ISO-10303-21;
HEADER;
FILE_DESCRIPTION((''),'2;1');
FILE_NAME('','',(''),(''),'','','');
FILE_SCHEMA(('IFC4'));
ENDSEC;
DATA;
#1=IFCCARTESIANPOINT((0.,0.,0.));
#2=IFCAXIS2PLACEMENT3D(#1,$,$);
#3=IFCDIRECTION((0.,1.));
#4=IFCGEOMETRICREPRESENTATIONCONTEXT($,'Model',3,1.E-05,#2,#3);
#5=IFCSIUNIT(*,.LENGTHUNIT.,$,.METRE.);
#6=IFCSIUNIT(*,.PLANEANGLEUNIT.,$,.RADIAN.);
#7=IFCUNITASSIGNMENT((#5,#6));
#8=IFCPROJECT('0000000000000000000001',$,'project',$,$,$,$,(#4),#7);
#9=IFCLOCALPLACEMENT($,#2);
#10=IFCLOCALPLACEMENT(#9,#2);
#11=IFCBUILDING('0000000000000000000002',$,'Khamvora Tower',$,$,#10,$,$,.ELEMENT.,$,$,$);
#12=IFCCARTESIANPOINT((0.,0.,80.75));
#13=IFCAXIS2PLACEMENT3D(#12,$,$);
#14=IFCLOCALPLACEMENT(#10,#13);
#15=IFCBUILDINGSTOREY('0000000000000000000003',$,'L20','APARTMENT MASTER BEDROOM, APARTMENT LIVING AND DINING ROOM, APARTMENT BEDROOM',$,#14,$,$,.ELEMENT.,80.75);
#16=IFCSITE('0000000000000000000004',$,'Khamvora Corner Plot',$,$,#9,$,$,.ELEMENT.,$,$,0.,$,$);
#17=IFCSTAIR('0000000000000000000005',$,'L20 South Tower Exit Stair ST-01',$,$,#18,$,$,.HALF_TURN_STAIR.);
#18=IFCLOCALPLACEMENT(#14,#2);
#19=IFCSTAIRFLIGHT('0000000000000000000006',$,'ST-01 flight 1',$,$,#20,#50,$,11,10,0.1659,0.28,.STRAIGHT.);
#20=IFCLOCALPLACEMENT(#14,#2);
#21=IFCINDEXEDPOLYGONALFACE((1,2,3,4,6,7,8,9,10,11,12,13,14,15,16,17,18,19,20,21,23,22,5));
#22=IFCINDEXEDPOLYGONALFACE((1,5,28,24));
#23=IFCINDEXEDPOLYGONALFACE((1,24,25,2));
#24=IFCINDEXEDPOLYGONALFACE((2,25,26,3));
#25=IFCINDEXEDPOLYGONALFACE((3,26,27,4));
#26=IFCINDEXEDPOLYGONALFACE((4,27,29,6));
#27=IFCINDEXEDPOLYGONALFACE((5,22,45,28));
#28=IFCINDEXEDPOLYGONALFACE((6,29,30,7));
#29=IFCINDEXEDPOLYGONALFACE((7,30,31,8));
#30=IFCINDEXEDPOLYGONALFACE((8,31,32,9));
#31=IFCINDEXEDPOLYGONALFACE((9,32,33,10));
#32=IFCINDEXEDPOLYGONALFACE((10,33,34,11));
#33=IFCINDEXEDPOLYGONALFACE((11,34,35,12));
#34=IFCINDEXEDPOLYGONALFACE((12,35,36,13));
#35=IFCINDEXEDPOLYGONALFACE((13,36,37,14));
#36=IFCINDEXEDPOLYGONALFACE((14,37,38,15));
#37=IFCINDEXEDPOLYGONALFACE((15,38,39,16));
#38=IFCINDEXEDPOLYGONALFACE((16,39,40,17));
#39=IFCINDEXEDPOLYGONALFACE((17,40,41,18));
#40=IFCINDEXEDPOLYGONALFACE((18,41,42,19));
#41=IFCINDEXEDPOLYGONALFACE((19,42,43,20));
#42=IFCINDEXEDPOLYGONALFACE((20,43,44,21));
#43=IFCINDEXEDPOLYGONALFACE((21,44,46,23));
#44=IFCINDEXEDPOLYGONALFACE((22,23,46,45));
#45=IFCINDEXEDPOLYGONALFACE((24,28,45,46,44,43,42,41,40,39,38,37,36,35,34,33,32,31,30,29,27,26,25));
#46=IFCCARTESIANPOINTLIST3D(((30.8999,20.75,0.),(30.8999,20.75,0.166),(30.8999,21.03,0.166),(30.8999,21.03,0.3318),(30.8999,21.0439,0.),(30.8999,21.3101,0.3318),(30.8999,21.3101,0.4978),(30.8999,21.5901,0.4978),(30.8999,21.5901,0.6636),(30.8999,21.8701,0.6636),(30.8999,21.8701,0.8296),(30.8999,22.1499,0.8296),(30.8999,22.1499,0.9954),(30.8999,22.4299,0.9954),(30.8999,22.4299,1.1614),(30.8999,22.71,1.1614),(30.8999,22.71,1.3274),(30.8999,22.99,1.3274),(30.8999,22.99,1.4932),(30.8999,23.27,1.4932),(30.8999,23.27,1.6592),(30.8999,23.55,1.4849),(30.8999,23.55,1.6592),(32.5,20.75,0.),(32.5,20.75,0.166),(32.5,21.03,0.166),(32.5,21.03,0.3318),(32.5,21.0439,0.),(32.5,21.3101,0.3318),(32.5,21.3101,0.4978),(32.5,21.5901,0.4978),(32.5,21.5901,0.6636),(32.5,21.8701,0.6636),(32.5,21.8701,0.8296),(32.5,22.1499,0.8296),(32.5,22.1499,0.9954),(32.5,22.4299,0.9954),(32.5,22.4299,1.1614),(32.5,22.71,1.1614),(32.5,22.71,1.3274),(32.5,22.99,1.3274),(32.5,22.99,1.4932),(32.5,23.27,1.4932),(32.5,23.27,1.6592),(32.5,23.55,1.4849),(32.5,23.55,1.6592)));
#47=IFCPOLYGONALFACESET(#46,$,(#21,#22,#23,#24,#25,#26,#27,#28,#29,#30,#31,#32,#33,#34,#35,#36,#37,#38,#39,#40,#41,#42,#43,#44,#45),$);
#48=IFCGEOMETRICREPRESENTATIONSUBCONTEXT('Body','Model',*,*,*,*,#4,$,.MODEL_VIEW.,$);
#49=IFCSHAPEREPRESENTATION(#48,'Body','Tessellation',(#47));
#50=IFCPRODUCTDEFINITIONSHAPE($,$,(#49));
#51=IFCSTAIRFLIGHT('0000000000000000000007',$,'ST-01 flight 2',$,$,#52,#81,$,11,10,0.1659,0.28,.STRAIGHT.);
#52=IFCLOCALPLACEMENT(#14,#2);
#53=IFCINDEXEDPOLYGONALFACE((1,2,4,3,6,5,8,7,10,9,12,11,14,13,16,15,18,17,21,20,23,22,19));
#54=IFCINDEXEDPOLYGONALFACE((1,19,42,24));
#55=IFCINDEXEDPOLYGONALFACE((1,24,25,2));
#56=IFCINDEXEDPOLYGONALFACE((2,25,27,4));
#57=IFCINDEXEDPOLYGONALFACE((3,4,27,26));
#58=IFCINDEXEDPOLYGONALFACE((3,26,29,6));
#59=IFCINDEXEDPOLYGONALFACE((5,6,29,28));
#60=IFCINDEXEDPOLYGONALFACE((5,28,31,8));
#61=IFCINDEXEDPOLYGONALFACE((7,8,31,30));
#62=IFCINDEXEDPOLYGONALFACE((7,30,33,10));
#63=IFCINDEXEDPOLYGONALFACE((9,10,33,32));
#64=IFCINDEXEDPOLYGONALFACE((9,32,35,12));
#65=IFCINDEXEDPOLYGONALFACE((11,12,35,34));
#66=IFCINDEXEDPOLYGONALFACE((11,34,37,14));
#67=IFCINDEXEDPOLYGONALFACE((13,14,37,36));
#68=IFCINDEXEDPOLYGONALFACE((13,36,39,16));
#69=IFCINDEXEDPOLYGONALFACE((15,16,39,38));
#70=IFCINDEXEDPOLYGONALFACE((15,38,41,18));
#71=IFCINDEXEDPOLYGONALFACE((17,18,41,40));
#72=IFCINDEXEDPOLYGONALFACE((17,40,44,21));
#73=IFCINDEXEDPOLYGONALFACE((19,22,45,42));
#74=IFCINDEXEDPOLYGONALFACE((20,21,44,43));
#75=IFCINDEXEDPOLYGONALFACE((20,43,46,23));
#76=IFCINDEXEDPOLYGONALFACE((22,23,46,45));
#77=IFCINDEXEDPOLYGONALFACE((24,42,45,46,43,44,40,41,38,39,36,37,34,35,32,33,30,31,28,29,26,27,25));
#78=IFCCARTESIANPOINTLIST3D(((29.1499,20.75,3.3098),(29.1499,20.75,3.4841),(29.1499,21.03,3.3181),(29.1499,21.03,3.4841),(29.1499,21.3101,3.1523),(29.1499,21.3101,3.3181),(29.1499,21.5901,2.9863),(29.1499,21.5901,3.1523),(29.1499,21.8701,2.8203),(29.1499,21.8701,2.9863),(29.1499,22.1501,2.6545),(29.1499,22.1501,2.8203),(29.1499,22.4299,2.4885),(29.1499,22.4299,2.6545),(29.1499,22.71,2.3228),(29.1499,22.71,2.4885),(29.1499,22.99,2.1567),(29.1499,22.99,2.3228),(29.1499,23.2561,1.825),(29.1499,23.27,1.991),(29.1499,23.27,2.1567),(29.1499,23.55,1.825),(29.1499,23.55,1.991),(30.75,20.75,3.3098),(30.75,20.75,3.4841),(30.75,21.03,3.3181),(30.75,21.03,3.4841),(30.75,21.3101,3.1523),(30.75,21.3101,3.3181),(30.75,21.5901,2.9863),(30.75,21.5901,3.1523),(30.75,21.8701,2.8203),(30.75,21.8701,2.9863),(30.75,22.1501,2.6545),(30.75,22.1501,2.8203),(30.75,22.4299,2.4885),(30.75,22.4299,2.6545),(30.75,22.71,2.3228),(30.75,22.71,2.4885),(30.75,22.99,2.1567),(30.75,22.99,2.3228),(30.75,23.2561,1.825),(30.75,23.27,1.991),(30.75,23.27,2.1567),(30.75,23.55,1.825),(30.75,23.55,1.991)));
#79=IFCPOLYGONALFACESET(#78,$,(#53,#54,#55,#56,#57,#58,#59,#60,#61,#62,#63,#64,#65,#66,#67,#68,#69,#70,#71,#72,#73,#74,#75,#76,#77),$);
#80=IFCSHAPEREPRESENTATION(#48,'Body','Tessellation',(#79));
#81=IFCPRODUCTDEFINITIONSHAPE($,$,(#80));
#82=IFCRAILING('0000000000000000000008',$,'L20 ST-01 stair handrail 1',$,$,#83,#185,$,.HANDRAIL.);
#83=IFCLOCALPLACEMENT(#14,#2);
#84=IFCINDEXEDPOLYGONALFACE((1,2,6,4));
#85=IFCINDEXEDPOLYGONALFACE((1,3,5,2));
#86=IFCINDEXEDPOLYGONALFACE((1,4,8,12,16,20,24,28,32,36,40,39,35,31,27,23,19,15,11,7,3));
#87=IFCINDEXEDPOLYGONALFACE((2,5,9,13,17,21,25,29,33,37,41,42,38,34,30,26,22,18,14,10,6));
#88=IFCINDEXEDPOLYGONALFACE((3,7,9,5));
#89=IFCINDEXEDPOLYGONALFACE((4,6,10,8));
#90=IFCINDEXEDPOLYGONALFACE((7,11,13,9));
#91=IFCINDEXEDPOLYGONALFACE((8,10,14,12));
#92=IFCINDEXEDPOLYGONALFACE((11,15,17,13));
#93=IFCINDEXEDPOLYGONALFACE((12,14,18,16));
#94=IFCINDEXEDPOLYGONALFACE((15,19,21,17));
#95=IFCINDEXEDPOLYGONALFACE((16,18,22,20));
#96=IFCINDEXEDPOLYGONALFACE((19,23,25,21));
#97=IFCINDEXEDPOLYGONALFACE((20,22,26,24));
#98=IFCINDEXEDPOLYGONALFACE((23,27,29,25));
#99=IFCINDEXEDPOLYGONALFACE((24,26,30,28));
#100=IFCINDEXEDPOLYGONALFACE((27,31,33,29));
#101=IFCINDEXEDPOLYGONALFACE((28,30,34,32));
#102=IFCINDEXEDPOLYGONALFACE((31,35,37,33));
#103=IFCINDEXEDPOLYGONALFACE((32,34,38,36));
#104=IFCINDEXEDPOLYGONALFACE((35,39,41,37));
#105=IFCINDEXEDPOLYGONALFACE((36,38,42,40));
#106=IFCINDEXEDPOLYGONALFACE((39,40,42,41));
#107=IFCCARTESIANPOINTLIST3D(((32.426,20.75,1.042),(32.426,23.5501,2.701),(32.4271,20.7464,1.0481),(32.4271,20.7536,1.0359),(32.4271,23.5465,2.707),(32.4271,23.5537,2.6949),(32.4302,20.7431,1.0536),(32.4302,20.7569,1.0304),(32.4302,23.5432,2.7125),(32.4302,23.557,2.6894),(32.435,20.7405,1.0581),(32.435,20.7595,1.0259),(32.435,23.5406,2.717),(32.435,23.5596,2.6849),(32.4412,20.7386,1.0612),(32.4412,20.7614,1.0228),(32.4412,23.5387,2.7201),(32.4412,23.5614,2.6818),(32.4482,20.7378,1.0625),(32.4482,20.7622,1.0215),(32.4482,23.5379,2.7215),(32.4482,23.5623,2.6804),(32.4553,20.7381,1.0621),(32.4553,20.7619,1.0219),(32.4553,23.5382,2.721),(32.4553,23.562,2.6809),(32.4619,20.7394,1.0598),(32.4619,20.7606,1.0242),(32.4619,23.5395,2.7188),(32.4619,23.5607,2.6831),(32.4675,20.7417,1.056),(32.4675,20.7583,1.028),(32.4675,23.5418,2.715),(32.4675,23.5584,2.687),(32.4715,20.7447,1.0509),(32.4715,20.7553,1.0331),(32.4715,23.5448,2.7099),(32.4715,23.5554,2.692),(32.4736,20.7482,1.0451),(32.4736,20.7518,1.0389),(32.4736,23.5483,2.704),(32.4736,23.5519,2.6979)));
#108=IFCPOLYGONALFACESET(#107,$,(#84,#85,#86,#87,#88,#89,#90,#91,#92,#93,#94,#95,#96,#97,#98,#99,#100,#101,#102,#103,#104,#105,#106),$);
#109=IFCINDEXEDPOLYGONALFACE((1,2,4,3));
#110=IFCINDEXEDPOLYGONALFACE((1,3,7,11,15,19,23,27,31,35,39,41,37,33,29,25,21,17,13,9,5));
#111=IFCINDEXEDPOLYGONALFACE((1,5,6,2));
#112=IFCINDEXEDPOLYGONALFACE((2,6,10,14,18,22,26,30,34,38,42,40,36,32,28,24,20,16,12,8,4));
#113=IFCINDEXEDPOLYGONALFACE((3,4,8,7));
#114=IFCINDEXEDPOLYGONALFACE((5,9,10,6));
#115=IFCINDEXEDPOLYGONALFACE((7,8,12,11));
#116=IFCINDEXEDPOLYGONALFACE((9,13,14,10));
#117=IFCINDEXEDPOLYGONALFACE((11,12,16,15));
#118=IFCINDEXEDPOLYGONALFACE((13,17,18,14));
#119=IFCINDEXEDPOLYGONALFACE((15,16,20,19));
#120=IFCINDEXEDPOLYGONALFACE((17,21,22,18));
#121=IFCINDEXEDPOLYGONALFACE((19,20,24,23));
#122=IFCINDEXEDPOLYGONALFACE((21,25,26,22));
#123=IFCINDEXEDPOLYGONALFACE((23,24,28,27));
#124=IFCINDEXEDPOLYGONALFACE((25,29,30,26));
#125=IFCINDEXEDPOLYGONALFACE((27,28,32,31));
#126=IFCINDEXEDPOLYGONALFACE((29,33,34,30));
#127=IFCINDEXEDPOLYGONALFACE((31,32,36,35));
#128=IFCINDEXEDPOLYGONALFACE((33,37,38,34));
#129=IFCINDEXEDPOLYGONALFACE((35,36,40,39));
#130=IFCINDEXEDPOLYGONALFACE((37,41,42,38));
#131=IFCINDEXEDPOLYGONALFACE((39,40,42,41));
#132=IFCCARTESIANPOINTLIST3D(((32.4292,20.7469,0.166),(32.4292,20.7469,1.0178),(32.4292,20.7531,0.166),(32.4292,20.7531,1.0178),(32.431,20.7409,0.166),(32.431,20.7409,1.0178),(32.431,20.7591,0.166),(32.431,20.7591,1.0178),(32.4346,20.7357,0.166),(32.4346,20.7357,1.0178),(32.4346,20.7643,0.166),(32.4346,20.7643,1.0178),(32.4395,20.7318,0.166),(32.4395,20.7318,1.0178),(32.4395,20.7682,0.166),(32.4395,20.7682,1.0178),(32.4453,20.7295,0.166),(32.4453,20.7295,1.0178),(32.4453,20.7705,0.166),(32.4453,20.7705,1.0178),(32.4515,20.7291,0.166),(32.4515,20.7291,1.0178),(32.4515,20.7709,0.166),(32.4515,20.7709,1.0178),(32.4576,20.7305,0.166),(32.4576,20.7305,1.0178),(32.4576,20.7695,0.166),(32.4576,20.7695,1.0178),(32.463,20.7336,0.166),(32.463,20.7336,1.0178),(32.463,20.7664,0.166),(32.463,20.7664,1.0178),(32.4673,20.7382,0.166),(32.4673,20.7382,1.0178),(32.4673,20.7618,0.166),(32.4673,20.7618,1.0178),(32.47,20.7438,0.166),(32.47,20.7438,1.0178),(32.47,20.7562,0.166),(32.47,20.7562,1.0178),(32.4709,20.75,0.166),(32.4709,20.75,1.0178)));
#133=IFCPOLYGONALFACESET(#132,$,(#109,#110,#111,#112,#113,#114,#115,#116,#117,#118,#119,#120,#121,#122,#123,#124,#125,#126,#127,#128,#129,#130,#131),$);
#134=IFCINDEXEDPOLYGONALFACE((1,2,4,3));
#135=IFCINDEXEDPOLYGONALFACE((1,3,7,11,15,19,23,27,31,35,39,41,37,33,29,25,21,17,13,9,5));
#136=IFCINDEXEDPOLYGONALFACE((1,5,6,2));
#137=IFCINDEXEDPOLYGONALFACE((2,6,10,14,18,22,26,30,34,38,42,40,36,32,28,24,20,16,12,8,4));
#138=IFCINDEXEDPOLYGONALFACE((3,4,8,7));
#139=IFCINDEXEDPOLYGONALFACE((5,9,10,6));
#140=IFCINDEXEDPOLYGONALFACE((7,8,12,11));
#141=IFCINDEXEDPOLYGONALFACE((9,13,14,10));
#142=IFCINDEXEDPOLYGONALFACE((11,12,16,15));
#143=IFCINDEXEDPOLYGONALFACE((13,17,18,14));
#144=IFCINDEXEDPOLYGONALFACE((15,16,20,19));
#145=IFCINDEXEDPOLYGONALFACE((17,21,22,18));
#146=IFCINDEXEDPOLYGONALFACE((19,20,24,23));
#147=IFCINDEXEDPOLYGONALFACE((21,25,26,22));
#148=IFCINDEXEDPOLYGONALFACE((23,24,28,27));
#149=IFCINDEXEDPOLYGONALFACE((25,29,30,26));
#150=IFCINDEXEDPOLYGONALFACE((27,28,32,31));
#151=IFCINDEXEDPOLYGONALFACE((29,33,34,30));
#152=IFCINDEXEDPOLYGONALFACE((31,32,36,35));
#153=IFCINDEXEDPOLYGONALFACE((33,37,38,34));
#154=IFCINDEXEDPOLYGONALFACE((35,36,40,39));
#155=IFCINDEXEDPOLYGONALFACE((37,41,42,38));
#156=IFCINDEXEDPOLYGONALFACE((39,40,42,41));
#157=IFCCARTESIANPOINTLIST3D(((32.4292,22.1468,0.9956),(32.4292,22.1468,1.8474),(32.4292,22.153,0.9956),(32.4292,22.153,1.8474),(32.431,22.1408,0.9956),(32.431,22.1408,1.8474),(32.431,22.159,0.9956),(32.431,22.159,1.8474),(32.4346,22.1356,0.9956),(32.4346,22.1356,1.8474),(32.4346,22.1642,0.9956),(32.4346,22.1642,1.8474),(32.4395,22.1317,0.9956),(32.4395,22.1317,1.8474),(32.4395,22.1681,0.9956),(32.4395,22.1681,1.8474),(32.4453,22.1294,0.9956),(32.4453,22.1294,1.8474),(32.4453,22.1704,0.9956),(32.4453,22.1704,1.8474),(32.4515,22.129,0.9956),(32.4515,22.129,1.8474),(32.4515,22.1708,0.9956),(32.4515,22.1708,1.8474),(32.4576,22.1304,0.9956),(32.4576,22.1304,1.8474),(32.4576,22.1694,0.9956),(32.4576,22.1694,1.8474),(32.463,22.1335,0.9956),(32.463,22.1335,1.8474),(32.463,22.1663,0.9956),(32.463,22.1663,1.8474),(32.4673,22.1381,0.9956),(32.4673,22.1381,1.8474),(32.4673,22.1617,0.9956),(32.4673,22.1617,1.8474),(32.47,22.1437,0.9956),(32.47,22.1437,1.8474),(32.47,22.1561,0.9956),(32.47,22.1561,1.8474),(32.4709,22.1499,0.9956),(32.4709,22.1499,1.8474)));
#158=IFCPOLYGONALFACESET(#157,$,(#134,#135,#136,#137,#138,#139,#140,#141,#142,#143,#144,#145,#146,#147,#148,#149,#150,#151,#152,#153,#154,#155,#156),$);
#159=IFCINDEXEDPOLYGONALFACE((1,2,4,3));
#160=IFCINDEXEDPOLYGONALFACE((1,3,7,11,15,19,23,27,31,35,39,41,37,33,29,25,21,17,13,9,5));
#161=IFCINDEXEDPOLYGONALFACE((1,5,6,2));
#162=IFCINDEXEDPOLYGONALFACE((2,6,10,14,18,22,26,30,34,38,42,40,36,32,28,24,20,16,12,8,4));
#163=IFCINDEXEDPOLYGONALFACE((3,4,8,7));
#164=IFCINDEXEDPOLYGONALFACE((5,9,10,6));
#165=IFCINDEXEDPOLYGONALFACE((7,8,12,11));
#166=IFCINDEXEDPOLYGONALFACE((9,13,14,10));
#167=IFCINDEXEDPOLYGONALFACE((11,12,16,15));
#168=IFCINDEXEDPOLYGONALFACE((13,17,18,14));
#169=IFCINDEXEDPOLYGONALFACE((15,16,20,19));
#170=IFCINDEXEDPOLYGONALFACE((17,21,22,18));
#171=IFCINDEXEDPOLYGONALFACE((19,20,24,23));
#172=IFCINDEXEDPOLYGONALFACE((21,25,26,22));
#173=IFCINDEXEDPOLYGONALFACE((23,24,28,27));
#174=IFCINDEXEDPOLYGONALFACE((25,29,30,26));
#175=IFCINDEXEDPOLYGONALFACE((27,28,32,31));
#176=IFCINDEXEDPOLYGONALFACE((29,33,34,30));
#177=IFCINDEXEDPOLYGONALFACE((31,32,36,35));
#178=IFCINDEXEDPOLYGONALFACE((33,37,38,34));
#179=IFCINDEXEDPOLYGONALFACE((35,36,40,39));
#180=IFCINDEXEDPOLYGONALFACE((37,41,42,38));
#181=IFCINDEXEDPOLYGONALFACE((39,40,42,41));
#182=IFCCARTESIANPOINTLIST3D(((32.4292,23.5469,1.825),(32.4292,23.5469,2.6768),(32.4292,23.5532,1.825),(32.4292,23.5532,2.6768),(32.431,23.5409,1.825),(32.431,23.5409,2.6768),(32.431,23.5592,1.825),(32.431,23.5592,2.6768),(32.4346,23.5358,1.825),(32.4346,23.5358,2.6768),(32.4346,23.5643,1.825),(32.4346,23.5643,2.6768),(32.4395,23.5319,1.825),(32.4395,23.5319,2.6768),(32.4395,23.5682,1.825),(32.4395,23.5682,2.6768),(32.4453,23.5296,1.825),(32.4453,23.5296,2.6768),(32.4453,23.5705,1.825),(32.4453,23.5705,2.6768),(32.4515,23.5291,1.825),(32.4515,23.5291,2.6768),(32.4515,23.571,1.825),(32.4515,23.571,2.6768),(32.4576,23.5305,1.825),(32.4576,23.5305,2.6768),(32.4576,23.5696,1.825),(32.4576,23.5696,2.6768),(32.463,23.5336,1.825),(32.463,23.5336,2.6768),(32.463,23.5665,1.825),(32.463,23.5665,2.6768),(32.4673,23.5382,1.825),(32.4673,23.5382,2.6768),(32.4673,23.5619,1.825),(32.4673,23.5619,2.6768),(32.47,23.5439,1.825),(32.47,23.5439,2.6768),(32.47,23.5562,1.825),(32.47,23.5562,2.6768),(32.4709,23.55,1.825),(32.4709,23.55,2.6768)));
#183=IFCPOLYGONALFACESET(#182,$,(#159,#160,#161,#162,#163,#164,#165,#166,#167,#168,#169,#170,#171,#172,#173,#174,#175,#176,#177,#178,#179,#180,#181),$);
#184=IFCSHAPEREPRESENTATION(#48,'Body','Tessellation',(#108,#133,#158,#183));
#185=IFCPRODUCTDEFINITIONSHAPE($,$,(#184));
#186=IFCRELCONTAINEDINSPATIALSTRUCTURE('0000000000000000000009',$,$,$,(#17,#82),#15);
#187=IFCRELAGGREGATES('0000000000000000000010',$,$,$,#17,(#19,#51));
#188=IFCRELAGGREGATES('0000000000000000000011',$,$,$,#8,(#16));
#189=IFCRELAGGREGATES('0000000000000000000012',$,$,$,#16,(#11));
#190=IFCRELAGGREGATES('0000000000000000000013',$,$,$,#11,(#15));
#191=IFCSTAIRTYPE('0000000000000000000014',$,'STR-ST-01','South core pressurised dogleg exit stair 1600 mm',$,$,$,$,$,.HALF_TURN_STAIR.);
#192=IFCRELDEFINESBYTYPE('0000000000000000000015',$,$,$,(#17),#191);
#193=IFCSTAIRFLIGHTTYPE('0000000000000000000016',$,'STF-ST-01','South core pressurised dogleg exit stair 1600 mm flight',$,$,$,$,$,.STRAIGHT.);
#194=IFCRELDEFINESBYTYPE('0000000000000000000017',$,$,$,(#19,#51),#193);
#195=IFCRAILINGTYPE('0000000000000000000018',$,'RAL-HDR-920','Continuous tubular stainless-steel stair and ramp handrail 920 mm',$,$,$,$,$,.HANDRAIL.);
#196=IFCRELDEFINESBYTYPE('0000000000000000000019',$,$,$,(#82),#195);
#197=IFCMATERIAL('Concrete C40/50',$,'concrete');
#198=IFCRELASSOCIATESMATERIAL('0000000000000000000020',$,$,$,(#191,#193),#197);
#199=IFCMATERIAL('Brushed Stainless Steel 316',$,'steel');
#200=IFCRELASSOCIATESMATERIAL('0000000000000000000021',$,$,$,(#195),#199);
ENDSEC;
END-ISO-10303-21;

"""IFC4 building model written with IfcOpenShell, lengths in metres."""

from ifc_helpers import new_model, si_unit, direction, frame, origin, origin_2d, place, context, subcontext, project, spatial, polyline, circle, outline, extrude, material, type_object, element, aggregate, save


model = new_model("IFC4")

# Units and contexts
model_context = context("Model", 3, precision=1e-05, world=origin(), true_north=direction((0.0, 1.0)))
body_context = subcontext(model_context, "Body", "Model", "MODEL_VIEW")
ifc_project = project(units=[si_unit("LENGTHUNIT", "METRE"), si_unit("PLANEANGLEUNIT", "RADIAN")], contexts=[model_context])

# Site, building, storey
site_placement = place(None, origin())
site = spatial("IfcSite", under=ifc_project, at=site_placement, Name="Khamvora Corner Plot", CompositionType="ELEMENT", RefElevation=0.0)
building_placement = place(site_placement, origin())
building = spatial("IfcBuilding", under=site, at=building_placement, Name="Khamvora Tower", CompositionType="ELEMENT")
storey_placement = place(building_placement, frame((0.0, 0.0, 80.75)))
storey = spatial("IfcBuildingStorey", under=building, at=storey_placement, Name="L20", Description="APARTMENT MASTER BEDROOM, APARTMENT LIVING AND DINING ROOM, APARTMENT BEDROOM", CompositionType="ELEMENT", Elevation=80.75)

# Stair, stair flights
ifc_material_1 = material(Name="Concrete C40/50", Category="concrete")
stair_type = type_object("IfcStairType", Name="STR-ST-01", Description="South core pressurised dogleg exit stair 1600 mm", PredefinedType="HALF_TURN_STAIR", material=ifc_material_1)
stair_placement = place(storey_placement, origin())
stair = element("IfcStair", 1, at=stair_placement, inside=storey, type_object=stair_type, Name="L20 South Tower Exit Stair ST-01", PredefinedType="HALF_TURN_STAIR")
stair_flight_type = type_object("IfcStairFlightType", Name="STF-ST-01", Description="South core pressurised dogleg exit stair 1600 mm flight", PredefinedType="STRAIGHT", material=ifc_material_1)
stair_flight_1_placement = place(storey_placement, frame((31.7, 20.75, 0.0), z_axis=(0.0, 0.0, 1.0), x_axis=(0.0, 1.0, 0.0)))
stair_flight_1 = element("IfcStairFlight", 2, at=stair_flight_1_placement, type_object=stair_flight_type, Name="ST-01 flight 1", NumberOfRisers=11, NumberOfTreads=10, PredefinedType="STRAIGHT", RiserHeight=0.1659, TreadLength=0.28, context=body_context, shape_type="SweptSolid", body=[
    extrude(outline(polyline([(0.0, 0.0), (0.0, 0.166), (0.28, 0.166), (0.28, 0.3318), (0.5601, 0.3318), (0.5601, 0.4978), (0.8401, 0.4978), (0.8401, 0.6636), (1.1201, 0.6636), (1.1201, 0.8296), (1.3999, 0.8296), (1.3999, 0.9954), (1.6799, 0.9954), (1.6799, 1.1614), (1.96, 1.1614), (1.96, 1.3274), (2.24, 1.3274), (2.24, 1.4932), (2.52, 1.4932), (2.52, 1.6592), (2.8, 1.6592), (2.8, 1.825), (2.8, 1.4849), (0.2939, 0.0), (0.0, 0.0)])), frame((0.0, 0.8, 0.0), z_axis=(0.0, -1.0, 0.0), x_axis=(1.0, 0.0, 0.0)), (0.0, 0.0, 1.0), 1.6001),
])
stair_flight_2_placement = place(storey_placement, frame((29.95, 23.55, 1.825), z_axis=(0.0, 0.0, 1.0), x_axis=(0.0, -1.0, 0.0)))
stair_flight_2 = element("IfcStairFlight", 3, at=stair_flight_2_placement, type_object=stair_flight_type, Name="ST-01 flight 2", NumberOfRisers=11, NumberOfTreads=10, PredefinedType="STRAIGHT", RiserHeight=0.1659, TreadLength=0.28, context=body_context, shape_type="SweptSolid", body=[
    extrude(outline(polyline([(0.0, 0.0), (0.0, 0.166), (0.28, 0.166), (0.28, 0.3318), (0.5601, 0.3318), (0.5601, 0.4978), (0.8401, 0.4978), (0.8401, 0.6636), (1.1201, 0.6636), (1.1201, 0.8296), (1.3999, 0.8296), (1.3999, 0.9954), (1.6799, 0.9954), (1.6799, 1.1614), (1.96, 1.1614), (1.96, 1.3274), (2.24, 1.3274), (2.24, 1.4932), (2.52, 1.4932), (2.52, 1.6592), (2.8, 1.6592), (2.8, 1.825), (2.8, 1.4849), (0.2939, 0.0), (0.0, 0.0)])), frame((0.0, 0.8, 0.0), z_axis=(0.0, -1.0, 0.0), x_axis=(1.0, 0.0, 0.0)), (0.0, 0.0, 1.0), 1.6001),
])
aggregate(stair, [stair_flight_1, stair_flight_2])

# Railing
ifc_material_2 = material(Name="Brushed Stainless Steel 316", Category="steel")
railing_type_1 = type_object("IfcRailingType", Name="RAL-HDR-920", Description="Continuous tubular stainless-steel stair and ramp handrail 920 mm", PredefinedType="HANDRAIL", material=ifc_material_2)
railing_1_placement = place(storey_placement, frame((32.45, 20.75, 0.166)))
element("IfcRailing", 4, at=railing_1_placement, inside=storey, type_object=railing_type_1, Name="L20 ST-01 stair handrail 1", PredefinedType="HANDRAIL", context=body_context, shape_type="SweptSolid", body=[
    extrude(circle(Radius=0.0239, at=origin_2d()), frame((0.0, 0.0, 0.876), z_axis=(0.0, 0.860339, 0.509722), x_axis=(-1.0, 0.0, 0.0)), (0.0, 0.0, 1.0), 3.2546),
    extrude(circle(Radius=0.021, at=origin_2d()), origin(), (0.0, 0.0, 1.0), 0.8518),
    extrude(circle(Radius=0.021, at=origin_2d()), frame((0.0, 1.3999, 0.8296)), (0.0, 0.0, 1.0), 0.8518),
    extrude(circle(Radius=0.021, at=origin_2d()), frame((0.0, 2.8, 1.6589)), (0.0, 0.0, 1.0), 0.8518),
])

save(model, "model.ifc")
